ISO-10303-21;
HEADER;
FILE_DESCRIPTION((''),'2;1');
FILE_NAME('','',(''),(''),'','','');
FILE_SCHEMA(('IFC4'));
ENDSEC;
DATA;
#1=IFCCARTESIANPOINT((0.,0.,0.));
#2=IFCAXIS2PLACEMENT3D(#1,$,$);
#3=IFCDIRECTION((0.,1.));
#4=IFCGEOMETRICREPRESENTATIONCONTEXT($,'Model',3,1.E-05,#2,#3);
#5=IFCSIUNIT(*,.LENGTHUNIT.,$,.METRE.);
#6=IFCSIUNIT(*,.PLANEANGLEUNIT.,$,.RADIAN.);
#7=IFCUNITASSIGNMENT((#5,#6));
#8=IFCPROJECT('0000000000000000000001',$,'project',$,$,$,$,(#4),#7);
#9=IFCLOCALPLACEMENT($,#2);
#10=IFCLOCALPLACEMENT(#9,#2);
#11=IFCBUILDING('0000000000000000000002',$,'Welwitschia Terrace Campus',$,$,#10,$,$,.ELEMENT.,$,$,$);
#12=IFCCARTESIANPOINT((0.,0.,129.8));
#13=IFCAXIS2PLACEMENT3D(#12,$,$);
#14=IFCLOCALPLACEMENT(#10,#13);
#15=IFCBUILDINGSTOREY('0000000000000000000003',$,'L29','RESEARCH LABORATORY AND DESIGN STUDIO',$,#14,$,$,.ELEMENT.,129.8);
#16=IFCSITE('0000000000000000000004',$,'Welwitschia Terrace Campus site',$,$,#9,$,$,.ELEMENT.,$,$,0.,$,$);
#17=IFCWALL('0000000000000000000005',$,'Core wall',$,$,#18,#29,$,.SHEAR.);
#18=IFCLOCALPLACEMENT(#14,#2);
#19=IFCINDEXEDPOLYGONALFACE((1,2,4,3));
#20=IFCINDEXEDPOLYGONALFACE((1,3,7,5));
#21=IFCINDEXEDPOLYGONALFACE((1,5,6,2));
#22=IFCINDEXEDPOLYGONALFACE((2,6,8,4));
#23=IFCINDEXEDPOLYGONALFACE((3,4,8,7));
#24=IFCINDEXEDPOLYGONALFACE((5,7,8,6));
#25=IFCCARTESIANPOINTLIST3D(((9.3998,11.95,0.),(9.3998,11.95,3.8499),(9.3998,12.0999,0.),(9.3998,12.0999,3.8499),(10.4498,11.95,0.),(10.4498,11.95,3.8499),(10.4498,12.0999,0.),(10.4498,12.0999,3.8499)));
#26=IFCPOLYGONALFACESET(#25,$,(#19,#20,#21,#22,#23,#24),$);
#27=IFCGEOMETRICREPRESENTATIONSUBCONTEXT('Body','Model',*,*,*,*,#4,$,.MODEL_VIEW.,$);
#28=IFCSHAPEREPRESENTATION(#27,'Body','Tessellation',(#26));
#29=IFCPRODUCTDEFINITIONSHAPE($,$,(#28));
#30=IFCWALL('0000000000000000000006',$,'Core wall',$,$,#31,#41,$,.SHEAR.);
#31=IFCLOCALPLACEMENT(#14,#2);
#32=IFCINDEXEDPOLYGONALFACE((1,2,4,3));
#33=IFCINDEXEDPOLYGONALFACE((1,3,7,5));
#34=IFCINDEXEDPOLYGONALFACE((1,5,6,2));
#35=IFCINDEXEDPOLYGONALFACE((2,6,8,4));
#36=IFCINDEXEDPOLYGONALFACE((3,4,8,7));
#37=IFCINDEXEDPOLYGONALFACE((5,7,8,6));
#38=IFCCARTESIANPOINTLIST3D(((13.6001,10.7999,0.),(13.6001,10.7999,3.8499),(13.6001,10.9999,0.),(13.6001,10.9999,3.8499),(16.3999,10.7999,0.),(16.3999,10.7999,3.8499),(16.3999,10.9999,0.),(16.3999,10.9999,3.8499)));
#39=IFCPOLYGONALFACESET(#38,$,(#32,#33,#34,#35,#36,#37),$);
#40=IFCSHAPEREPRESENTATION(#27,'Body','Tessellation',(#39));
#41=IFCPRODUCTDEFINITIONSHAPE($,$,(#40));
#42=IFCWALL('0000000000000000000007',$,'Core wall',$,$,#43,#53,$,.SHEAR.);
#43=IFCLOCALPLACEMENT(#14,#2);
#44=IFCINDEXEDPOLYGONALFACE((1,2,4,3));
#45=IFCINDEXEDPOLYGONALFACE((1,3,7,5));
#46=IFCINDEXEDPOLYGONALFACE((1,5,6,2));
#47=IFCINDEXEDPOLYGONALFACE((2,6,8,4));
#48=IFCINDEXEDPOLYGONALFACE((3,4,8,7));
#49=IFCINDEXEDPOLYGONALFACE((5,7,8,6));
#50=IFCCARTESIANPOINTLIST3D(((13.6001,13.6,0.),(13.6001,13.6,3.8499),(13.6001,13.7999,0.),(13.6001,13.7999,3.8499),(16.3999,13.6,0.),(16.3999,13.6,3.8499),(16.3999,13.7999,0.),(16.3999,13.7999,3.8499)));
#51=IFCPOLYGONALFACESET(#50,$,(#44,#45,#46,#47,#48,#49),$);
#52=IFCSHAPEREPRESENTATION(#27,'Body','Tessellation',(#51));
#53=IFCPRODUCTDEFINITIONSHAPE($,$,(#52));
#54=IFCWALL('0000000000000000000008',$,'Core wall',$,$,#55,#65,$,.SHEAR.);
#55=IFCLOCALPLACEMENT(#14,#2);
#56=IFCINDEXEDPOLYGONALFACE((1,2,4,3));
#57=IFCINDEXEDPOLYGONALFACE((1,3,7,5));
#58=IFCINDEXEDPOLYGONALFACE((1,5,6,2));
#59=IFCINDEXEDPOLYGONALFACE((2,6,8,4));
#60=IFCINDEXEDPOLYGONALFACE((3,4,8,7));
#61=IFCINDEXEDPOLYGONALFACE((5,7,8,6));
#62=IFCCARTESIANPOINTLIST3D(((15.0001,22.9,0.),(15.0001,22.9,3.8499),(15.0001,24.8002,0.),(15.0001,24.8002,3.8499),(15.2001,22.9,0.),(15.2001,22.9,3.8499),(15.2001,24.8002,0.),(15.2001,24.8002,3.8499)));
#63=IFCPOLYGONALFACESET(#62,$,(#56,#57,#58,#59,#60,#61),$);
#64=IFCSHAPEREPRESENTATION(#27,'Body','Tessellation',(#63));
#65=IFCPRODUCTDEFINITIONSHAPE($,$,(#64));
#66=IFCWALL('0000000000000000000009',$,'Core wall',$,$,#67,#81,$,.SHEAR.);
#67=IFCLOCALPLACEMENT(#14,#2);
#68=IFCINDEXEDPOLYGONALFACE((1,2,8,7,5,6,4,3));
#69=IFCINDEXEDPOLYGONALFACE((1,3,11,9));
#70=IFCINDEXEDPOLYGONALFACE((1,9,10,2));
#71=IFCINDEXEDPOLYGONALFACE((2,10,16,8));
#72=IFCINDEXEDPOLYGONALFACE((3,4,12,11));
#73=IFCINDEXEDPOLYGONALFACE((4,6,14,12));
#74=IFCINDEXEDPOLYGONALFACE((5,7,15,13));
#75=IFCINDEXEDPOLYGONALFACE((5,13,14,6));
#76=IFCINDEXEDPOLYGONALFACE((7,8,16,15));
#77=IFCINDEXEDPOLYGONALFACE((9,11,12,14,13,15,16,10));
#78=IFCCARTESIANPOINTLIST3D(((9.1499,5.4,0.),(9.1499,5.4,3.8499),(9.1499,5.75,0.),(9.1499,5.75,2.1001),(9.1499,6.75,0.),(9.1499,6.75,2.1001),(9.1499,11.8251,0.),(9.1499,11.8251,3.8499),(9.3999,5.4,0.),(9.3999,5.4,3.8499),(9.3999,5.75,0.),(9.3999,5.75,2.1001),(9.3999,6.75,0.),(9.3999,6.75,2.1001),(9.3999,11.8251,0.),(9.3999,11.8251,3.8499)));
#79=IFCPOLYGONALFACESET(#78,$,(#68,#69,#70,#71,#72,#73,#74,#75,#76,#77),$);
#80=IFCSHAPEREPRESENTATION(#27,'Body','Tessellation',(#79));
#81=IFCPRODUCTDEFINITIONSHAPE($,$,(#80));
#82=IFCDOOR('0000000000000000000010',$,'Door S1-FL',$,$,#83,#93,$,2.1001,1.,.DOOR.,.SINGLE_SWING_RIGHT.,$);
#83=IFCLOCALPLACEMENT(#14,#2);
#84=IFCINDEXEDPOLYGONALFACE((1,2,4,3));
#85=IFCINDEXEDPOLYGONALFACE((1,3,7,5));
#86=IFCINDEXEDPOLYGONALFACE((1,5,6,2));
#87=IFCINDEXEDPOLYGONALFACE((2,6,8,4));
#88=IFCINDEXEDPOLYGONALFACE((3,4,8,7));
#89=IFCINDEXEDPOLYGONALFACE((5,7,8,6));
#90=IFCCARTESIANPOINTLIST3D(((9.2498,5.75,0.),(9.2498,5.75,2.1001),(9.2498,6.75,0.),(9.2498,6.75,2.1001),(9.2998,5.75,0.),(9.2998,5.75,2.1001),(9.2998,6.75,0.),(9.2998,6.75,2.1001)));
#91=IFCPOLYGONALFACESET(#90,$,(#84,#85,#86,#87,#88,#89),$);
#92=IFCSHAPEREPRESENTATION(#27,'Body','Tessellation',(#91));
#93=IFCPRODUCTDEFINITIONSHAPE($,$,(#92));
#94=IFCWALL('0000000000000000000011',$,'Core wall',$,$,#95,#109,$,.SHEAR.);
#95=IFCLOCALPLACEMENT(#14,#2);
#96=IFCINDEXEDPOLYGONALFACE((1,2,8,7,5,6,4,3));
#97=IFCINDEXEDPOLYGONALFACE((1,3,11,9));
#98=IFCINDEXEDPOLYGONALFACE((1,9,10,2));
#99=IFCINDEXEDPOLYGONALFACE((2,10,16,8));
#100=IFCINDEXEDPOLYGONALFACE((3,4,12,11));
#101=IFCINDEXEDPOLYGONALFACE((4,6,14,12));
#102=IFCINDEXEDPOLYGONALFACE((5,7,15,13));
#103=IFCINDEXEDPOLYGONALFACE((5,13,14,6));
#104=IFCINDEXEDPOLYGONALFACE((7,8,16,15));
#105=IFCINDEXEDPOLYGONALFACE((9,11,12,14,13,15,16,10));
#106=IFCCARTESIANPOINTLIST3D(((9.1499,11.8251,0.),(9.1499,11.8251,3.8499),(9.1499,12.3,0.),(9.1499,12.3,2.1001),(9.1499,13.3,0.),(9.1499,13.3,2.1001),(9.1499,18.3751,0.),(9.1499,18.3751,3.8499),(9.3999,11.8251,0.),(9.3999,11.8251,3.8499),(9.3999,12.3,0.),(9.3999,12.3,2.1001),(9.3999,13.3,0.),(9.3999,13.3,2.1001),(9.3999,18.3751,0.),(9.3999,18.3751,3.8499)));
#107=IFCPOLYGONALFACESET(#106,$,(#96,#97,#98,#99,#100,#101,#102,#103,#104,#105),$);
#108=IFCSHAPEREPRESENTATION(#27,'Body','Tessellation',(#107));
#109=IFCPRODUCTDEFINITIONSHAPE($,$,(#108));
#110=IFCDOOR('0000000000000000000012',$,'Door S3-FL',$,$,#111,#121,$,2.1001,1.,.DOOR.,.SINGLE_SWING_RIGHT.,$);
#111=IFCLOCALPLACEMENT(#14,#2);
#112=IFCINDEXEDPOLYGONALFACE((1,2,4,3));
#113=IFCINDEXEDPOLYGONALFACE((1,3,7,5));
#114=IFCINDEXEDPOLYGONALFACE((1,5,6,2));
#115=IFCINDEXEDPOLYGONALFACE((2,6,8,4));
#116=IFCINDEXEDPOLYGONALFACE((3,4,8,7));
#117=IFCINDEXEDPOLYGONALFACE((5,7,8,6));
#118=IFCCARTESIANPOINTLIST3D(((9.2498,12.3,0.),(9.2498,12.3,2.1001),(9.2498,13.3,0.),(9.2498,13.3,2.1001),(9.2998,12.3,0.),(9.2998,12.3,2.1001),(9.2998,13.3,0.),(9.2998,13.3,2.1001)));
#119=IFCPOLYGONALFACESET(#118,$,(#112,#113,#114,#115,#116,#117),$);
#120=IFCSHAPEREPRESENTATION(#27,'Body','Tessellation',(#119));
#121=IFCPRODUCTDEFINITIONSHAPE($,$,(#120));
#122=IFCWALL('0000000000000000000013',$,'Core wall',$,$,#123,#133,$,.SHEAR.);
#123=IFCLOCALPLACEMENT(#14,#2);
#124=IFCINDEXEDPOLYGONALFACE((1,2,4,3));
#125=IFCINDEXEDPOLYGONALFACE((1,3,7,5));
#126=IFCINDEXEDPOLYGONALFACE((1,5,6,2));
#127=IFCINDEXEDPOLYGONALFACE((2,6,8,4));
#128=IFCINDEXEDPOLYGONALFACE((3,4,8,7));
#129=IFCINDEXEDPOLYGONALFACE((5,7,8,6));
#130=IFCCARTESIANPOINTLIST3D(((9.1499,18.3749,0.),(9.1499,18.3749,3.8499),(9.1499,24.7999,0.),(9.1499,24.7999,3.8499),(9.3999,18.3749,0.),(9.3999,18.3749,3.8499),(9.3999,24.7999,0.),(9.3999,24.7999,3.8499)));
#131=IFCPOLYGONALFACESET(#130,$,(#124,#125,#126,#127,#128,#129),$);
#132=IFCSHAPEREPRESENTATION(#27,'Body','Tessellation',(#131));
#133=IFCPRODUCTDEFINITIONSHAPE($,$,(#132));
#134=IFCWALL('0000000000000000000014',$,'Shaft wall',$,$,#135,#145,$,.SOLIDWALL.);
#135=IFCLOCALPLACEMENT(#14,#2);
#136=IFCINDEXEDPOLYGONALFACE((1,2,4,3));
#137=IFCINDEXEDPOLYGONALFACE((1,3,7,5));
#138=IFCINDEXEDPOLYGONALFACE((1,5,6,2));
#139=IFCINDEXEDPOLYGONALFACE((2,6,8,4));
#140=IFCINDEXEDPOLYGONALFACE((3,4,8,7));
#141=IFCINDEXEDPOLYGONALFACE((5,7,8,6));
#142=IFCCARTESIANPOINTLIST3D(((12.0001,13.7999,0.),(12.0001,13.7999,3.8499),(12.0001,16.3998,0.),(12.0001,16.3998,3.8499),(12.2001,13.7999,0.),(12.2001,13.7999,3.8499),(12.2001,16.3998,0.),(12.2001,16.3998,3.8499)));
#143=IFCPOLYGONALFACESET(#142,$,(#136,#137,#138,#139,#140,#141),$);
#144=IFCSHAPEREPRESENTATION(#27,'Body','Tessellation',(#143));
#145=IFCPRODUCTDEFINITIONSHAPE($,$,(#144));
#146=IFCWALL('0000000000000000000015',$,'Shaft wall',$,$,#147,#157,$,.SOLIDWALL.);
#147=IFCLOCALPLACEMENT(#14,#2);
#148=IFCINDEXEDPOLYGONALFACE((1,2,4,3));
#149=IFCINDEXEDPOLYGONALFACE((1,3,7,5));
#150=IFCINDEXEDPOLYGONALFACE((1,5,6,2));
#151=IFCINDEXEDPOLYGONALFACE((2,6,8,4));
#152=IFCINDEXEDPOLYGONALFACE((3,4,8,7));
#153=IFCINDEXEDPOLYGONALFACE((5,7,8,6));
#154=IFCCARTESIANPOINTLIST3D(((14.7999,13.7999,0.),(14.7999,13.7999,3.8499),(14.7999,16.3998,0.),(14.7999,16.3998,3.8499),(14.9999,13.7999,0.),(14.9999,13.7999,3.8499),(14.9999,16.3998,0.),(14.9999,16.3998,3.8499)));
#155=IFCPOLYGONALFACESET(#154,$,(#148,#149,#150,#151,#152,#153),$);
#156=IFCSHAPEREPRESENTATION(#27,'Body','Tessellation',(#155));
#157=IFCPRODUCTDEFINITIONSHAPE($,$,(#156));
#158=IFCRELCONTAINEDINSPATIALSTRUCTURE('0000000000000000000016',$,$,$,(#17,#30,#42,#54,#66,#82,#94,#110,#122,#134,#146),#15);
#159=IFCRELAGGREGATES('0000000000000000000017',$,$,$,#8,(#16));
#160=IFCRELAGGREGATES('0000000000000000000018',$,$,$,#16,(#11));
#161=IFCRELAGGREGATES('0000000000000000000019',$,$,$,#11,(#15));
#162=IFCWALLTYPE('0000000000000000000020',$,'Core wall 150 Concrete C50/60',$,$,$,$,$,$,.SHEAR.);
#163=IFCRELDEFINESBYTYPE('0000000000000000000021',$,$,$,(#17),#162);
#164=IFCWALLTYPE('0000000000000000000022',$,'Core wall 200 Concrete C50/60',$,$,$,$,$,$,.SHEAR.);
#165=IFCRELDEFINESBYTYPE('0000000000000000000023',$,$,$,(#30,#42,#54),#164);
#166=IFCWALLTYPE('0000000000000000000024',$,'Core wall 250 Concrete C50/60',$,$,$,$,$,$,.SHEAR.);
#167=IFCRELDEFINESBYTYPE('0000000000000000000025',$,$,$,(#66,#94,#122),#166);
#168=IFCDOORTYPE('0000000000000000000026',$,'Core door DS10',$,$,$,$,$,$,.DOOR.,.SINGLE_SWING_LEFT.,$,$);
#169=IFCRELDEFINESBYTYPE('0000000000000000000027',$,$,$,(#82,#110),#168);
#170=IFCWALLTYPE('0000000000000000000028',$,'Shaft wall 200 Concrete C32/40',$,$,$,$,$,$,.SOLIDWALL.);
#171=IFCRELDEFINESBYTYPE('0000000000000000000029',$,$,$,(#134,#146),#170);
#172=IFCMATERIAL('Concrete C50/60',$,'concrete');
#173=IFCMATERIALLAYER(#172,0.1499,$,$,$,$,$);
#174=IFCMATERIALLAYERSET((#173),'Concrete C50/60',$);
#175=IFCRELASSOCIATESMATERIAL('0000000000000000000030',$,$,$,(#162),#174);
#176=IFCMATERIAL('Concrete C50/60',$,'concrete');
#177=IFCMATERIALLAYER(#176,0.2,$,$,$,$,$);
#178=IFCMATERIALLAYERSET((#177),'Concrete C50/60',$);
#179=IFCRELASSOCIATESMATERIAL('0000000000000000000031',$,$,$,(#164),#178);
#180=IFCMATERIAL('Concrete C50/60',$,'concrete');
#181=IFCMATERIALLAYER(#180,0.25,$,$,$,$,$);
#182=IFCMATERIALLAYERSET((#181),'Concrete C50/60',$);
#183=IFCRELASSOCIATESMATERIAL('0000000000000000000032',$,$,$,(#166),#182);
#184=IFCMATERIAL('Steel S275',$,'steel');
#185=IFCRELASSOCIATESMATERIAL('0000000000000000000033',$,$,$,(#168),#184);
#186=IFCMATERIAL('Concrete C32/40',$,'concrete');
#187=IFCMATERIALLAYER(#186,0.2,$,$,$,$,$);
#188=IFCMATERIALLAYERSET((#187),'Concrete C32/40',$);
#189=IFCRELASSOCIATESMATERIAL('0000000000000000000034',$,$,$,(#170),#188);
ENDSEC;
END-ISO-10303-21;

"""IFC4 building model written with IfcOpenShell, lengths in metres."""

from ifc_helpers import new_model, si_unit, direction, frame, frame_2d, origin, place, context, subcontext, project, spatial, rectangle, extrude, material, layer, layer_set, type_object, element, fill, save


model = new_model("IFC4")

# Units and contexts
model_context = context("Model", 3, precision=1e-05, world=origin(), true_north=direction((0.0, 1.0)))
body_context = subcontext(model_context, "Body", "Model", "MODEL_VIEW")
ifc_project = project(units=[si_unit("LENGTHUNIT", "METRE"), si_unit("PLANEANGLEUNIT", "RADIAN")], contexts=[model_context])

# Site, building, storey
site_placement = place(None, origin())
site = spatial("IfcSite", under=ifc_project, at=site_placement, Name="Welwitschia Terrace Campus site", CompositionType="ELEMENT", RefElevation=0.0)
building_placement = place(site_placement, origin())
building = spatial("IfcBuilding", under=site, at=building_placement, Name="Welwitschia Terrace Campus", CompositionType="ELEMENT")
storey_placement = place(building_placement, frame((0.0, 0.0, 129.8)))
storey = spatial("IfcBuildingStorey", under=building, at=storey_placement, Name="L29", Description="RESEARCH LABORATORY AND DESIGN STUDIO", CompositionType="ELEMENT", Elevation=129.8)

# Walls
ifc_material_1 = material(Name="Concrete C50/60", Category="concrete")
ifc_layer_1 = layer(ifc_material_1, 0.1499)
ifc_layer_set_1 = layer_set([ifc_layer_1], Name="Concrete C50/60")
wall_type_1 = type_object("IfcWallType", Name="Core wall 150 Concrete C50/60", PredefinedType="SHEAR", material=ifc_layer_set_1)
wall_1_placement = place(storey_placement, frame((9.3999, 12.0249, 0.0), z_axis=(0.0, 0.0, 1.0), x_axis=(1.0, 0.0, 0.0)))
element("IfcWall", 1, at=wall_1_placement, inside=storey, type_object=wall_type_1, Name="Core wall", PredefinedType="SHEAR", context=body_context, shape_type="SweptSolid", body=[
    extrude(rectangle(XDim=1.05, YDim=0.1499, at=frame_2d((0.5249, 0.0))), origin(), (0.0, 0.0, 1.0), 3.8499),
])
ifc_material_2 = material(Name="Concrete C50/60", Category="concrete")
ifc_layer_2 = layer(ifc_material_2, 0.2)
ifc_layer_set_2 = layer_set([ifc_layer_2], Name="Concrete C50/60")
wall_type_2 = type_object("IfcWallType", Name="Core wall 200 Concrete C50/60", PredefinedType="SHEAR", material=ifc_layer_set_2)
for number, where, z_axis, x_axis, name in (
    (2, (13.6001, 10.8999, 0.0), (0.0, 0.0, 1.0), (1.0, 0.0, 0.0), "Core wall"),
    (3, (13.6001, 13.7, 0.0), (0.0, 0.0, 1.0), (1.0, 0.0, 0.0), "Core wall"),
):
    element("IfcWall", number, at=place(storey_placement, frame(where, z_axis=z_axis, x_axis=x_axis)), inside=storey, type_object=wall_type_2, Name=name, PredefinedType="SHEAR", context=body_context, shape_type="SweptSolid", body=[
        extrude(rectangle(XDim=2.7998, YDim=0.2, at=frame_2d((1.3999, 0.0))), origin(), (0.0, 0.0, 1.0), 3.8499),
    ])
wall_2_placement = place(storey_placement, frame((15.1001, 22.8999, 0.0), z_axis=(0.0, 0.0, 1.0), x_axis=(0.0, 1.0, 0.0)))
element("IfcWall", 4, at=wall_2_placement, inside=storey, type_object=wall_type_2, Name="Core wall", PredefinedType="SHEAR", context=body_context, shape_type="SweptSolid", body=[
    extrude(rectangle(XDim=1.9001, YDim=0.2, at=frame_2d((0.9502, 0.0))), origin(), (0.0, 0.0, 1.0), 3.8499),
])

# Walls, openings, doors
ifc_material_3 = material(Name="Concrete C50/60", Category="concrete")
ifc_layer_3 = layer(ifc_material_3, 0.25)
ifc_layer_set_3 = layer_set([ifc_layer_3], Name="Concrete C50/60")
wall_type_3 = type_object("IfcWallType", Name="Core wall 250 Concrete C50/60", PredefinedType="SHEAR", material=ifc_layer_set_3)
wall_3_placement = place(storey_placement, frame((9.2749, 11.825, 0.0), z_axis=(0.0, 0.0, 1.0), x_axis=(0.0, -1.0, 0.0)))
wall_3 = element("IfcWall", 5, at=wall_3_placement, inside=storey, type_object=wall_type_3, Name="Core wall", PredefinedType="SHEAR", context=body_context, shape_type="SweptSolid", body=[
    extrude(rectangle(XDim=6.425, YDim=0.25, at=frame_2d((3.2124, 0.0))), origin(), (0.0, 0.0, 1.0), 3.8499),
])
opening_1_placement = place(wall_3_placement, frame((5.075, 0.0, 0.0)))
opening_1 = element("IfcOpeningElement", 6, at=opening_1_placement, cuts=wall_3, PredefinedType="OPENING", context=body_context, shape_type="SweptSolid", body=[
    extrude(rectangle(XDim=1.0, YDim=2.1001, at=frame_2d((0.5, 1.05))), frame((0.0, 0.135, 0.0), z_axis=(0.0, -1.0, 0.0), x_axis=(1.0, 0.0, 0.0)), (0.0, 0.0, 1.0), 0.27),
])
ifc_material_4 = material(Name="Steel S275", Category="steel")
door_type_1 = type_object("IfcDoorType", Name="Core door DS10", OperationType="SINGLE_SWING_LEFT", PredefinedType="DOOR", material=ifc_material_4)
door_1_placement = place(opening_1_placement, origin())
door_1 = element("IfcDoor", 7, at=door_1_placement, inside=storey, type_object=door_type_1, Name="Door S1-FL", OperationType="SINGLE_SWING_RIGHT", OverallHeight=2.1001, OverallWidth=1.0, PredefinedType="DOOR", context=body_context, shape_type="SweptSolid", body=[
    extrude(rectangle(XDim=1.0, YDim=2.1001, at=frame_2d((0.5, 1.05))), frame((0.0, 0.0249, 0.0), z_axis=(0.0, -1.0, 0.0), x_axis=(1.0, 0.0, 0.0)), (0.0, 0.0, 1.0), 0.05),
])
fill(opening_1, door_1)
wall_4_placement = place(storey_placement, frame((9.2749, 18.375, 0.0), z_axis=(0.0, 0.0, 1.0), x_axis=(0.0, -1.0, 0.0)))
wall_4 = element("IfcWall", 8, at=wall_4_placement, inside=storey, type_object=wall_type_3, Name="Core wall", PredefinedType="SHEAR", context=body_context, shape_type="SweptSolid", body=[
    extrude(rectangle(XDim=6.55, YDim=0.25, at=frame_2d((3.2749, 0.0))), origin(), (0.0, 0.0, 1.0), 3.8499),
])
opening_2_placement = place(wall_4_placement, frame((5.075, 0.0, 0.0)))
opening_2 = element("IfcOpeningElement", 9, at=opening_2_placement, cuts=wall_4, PredefinedType="OPENING", context=body_context, shape_type="SweptSolid", body=[
    extrude(rectangle(XDim=1.0, YDim=2.1001, at=frame_2d((0.5, 1.05))), frame((0.0, 0.135, 0.0), z_axis=(0.0, -1.0, 0.0), x_axis=(1.0, 0.0, 0.0)), (0.0, 0.0, 1.0), 0.27),
])
door_2_placement = place(opening_2_placement, origin())
door_2 = element("IfcDoor", 10, at=door_2_placement, inside=storey, type_object=door_type_1, Name="Door S3-FL", OperationType="SINGLE_SWING_RIGHT", OverallHeight=2.1001, OverallWidth=1.0, PredefinedType="DOOR", context=body_context, shape_type="SweptSolid", body=[
    extrude(rectangle(XDim=1.0, YDim=2.1001, at=frame_2d((0.5, 1.05))), frame((0.0, 0.0249, 0.0), z_axis=(0.0, -1.0, 0.0), x_axis=(1.0, 0.0, 0.0)), (0.0, 0.0, 1.0), 0.05),
])
fill(opening_2, door_2)

# Walls
wall_5_placement = place(storey_placement, frame((9.2749, 18.375, 0.0), z_axis=(0.0, 0.0, 1.0), x_axis=(0.0, 1.0, 0.0)))
element("IfcWall", 11, at=wall_5_placement, inside=storey, type_object=wall_type_3, Name="Core wall", PredefinedType="SHEAR", context=body_context, shape_type="SweptSolid", body=[
    extrude(rectangle(XDim=6.425, YDim=0.25, at=frame_2d((3.2124, 0.0))), origin(), (0.0, 0.0, 1.0), 3.8499),
])
ifc_material_5 = material(Name="Concrete C32/40", Category="concrete")
ifc_layer_4 = layer(ifc_material_5, 0.2)
ifc_layer_set_4 = layer_set([ifc_layer_4], Name="Concrete C32/40")
wall_type_4 = type_object("IfcWallType", Name="Shaft wall 200 Concrete C32/40", PredefinedType="SOLIDWALL", material=ifc_layer_set_4)
for number, where, z_axis, x_axis, name in (
    (12, (12.1001, 13.8, 0.0), (0.0, 0.0, 1.0), (0.0, 1.0, 0.0), "Shaft wall"),
    (13, (14.8999, 13.8, 0.0), (0.0, 0.0, 1.0), (0.0, 1.0, 0.0), "Shaft wall"),
):
    element("IfcWall", number, at=place(storey_placement, frame(where, z_axis=z_axis, x_axis=x_axis)), inside=storey, type_object=wall_type_4, Name=name, PredefinedType="SOLIDWALL", context=body_context, shape_type="SweptSolid", body=[
        extrude(rectangle(XDim=2.5999, YDim=0.2, at=frame_2d((1.2998, 0.0))), origin(), (0.0, 0.0, 1.0), 3.8499),
    ])

save(model, "model.ifc")
